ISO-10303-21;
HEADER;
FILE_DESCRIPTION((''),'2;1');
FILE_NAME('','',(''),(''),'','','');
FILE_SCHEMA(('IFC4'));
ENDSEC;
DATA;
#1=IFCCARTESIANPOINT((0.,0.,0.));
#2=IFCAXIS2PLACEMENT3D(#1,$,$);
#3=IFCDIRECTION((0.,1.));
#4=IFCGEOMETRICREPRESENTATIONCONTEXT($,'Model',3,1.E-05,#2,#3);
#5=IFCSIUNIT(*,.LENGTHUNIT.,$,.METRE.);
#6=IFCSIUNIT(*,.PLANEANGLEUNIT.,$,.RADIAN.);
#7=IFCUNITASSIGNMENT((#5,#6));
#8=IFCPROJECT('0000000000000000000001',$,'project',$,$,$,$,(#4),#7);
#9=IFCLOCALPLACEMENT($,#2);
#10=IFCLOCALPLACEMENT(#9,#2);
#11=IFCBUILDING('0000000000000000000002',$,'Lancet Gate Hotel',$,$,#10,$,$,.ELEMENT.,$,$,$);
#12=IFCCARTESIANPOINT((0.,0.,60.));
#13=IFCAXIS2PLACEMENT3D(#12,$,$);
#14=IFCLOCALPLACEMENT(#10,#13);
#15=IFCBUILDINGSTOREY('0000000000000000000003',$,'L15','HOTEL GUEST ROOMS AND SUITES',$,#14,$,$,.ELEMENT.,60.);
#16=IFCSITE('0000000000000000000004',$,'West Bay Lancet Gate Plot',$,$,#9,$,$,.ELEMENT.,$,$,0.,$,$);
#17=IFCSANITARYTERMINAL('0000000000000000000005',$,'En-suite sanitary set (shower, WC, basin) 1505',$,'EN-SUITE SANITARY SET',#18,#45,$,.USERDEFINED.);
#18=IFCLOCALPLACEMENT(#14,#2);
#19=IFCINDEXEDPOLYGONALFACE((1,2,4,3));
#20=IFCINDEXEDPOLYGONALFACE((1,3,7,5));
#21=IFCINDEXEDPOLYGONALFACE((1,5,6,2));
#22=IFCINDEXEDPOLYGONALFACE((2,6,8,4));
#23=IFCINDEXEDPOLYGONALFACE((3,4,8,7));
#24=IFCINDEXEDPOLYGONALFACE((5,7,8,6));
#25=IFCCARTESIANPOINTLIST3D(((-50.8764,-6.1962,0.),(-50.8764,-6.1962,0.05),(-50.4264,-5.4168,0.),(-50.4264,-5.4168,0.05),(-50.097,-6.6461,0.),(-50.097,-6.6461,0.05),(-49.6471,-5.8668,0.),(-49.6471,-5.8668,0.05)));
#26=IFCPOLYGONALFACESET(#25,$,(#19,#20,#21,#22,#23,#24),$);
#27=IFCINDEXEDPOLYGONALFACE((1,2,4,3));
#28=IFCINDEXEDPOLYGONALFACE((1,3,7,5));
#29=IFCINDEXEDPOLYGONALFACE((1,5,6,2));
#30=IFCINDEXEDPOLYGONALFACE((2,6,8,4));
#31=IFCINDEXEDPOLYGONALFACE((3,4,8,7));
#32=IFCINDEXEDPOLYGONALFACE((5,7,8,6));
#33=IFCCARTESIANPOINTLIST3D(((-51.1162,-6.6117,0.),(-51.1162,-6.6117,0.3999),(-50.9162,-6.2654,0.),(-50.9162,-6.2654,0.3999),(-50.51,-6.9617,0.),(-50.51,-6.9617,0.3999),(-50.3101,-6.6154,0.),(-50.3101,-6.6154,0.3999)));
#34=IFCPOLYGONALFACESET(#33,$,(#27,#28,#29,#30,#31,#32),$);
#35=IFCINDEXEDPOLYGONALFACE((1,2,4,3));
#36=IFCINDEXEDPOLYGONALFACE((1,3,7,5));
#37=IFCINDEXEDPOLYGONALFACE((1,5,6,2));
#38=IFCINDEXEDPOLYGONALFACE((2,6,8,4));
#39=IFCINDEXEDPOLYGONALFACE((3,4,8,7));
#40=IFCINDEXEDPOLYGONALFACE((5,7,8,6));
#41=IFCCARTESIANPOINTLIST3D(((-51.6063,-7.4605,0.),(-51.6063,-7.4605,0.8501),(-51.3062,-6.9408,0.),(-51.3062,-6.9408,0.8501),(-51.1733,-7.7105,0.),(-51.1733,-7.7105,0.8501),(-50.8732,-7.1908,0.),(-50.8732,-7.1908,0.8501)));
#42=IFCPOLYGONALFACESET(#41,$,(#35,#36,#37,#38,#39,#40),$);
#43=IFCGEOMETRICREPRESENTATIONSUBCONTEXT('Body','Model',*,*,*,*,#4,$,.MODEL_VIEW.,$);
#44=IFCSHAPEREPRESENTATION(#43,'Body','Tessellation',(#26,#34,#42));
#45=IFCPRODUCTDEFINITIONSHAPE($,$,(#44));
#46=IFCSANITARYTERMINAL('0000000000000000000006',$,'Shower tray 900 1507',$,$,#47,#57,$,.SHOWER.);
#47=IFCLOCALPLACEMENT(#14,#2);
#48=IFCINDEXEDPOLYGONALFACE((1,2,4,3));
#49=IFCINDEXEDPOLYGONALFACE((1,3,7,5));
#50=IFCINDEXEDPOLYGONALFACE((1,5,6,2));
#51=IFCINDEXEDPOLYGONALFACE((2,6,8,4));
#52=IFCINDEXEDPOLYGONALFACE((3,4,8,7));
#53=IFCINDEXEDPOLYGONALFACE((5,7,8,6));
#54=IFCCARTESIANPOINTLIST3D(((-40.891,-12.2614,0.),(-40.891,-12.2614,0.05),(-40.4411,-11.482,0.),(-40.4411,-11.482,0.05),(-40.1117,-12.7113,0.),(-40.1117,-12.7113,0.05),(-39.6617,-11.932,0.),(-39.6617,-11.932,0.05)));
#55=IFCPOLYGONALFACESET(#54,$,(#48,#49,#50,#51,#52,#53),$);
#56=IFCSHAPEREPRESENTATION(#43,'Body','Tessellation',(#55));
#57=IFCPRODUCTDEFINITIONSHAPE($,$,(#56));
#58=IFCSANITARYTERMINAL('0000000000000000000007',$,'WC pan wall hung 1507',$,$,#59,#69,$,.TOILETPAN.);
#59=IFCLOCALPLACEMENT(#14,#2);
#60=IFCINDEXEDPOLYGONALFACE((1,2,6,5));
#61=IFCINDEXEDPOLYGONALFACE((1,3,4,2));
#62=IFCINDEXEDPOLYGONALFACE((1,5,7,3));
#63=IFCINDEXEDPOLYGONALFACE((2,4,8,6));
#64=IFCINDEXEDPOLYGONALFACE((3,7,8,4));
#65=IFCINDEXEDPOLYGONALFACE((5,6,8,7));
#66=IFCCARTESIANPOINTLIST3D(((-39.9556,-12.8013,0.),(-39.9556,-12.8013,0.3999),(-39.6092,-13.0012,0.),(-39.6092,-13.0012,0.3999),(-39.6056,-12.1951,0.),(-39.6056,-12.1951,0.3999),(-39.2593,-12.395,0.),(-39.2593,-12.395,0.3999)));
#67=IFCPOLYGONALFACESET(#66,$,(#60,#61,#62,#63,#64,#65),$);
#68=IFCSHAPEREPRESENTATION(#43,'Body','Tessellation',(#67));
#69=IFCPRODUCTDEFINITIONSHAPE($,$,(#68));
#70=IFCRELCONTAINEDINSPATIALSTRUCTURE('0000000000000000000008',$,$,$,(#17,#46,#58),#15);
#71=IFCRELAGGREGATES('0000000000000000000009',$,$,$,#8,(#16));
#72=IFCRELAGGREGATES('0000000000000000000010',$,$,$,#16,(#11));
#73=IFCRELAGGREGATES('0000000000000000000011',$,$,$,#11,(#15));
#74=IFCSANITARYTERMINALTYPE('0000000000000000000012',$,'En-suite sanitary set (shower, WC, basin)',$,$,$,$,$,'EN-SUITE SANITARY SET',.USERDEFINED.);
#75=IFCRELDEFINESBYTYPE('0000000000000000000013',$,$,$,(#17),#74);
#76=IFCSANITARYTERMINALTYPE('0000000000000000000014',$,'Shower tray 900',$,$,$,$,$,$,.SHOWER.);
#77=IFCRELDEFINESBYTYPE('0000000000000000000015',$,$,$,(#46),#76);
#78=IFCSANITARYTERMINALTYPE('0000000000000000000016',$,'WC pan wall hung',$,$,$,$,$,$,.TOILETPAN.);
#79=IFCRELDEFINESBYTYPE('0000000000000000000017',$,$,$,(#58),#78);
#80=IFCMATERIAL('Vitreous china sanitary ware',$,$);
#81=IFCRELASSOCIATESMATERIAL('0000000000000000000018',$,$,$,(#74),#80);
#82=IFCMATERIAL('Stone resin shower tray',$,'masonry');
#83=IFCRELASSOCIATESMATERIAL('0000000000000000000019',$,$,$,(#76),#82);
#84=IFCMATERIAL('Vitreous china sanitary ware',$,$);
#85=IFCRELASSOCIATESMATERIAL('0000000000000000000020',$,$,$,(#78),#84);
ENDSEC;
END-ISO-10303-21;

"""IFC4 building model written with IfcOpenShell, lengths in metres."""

from ifc_helpers import new_model, si_unit, direction, frame, origin, origin_2d, place, context, subcontext, project, spatial, rectangle, extrude, material, type_object, element, save


model = new_model("IFC4")

# Units and contexts
model_context = context("Model", 3, precision=1e-05, world=origin(), true_north=direction((0.0, 1.0)))
body_context = subcontext(model_context, "Body", "Model", "MODEL_VIEW")
ifc_project = project(units=[si_unit("LENGTHUNIT", "METRE"), si_unit("PLANEANGLEUNIT", "RADIAN")], contexts=[model_context])

# Site, building, storey
site_placement = place(None, origin())
site = spatial("IfcSite", under=ifc_project, at=site_placement, Name="West Bay Lancet Gate Plot", CompositionType="ELEMENT", RefElevation=0.0)
building_placement = place(site_placement, origin())
building = spatial("IfcBuilding", under=site, at=building_placement, Name="Lancet Gate Hotel", CompositionType="ELEMENT")
storey_placement = place(building_placement, frame((0.0, 0.0, 60.0)))
storey = spatial("IfcBuildingStorey", under=building, at=storey_placement, Name="L15", Description="HOTEL GUEST ROOMS AND SUITES", CompositionType="ELEMENT", Elevation=60.0)

# Sanitary terminals
ifc_material_1 = material(Name="Vitreous china sanitary ware")
sanitary_terminal_type_1 = type_object("IfcSanitaryTerminalType", Name="En-suite sanitary set (shower, WC, basin)", ElementType="EN-SUITE SANITARY SET", PredefinedType="USERDEFINED", material=ifc_material_1)
sanitary_terminal_1_placement = place(storey_placement, frame((-50.2617, -6.0315, 0.0), z_axis=(0.0, 0.0, 1.0), x_axis=(1.0, 0.0, 0.0)))
element("IfcSanitaryTerminal", 1, at=sanitary_terminal_1_placement, inside=storey, type_object=sanitary_terminal_type_1, Name="En-suite sanitary set (shower, WC, basin) 1505", ObjectType="EN-SUITE SANITARY SET", PredefinedType="USERDEFINED", context=body_context, shape_type="SweptSolid", body=[
    extrude(rectangle(XDim=0.8999, YDim=0.8999, at=origin_2d()), frame((0.0, 0.0, 0.0), z_axis=(0.0, 0.0, 1.0), x_axis=(0.5, 0.866025, 0.0)), (0.0, 0.0, 1.0), 0.05),
    extrude(rectangle(XDim=0.3999, YDim=0.7, at=origin_2d()), frame((-0.4514, -0.582, 0.0), z_axis=(0.0, 0.0, 1.0), x_axis=(0.5, 0.866025, 0.0)), (0.0, 0.0, 1.0), 0.3999),
    extrude(rectangle(XDim=0.6001, YDim=0.5, at=origin_2d()), frame((-0.978, -1.2942, 0.0), z_axis=(0.0, 0.0, 1.0), x_axis=(0.5, 0.866025, 0.0)), (0.0, 0.0, 1.0), 0.8501),
])
ifc_material_2 = material(Name="Stone resin shower tray", Category="masonry")
sanitary_terminal_type_2 = type_object("IfcSanitaryTerminalType", Name="Shower tray 900", PredefinedType="SHOWER", material=ifc_material_2)
sanitary_terminal_2_placement = place(storey_placement, frame((-40.2764, -12.0967, 0.0), z_axis=(0.0, 0.0, 1.0), x_axis=(-0.866025, 0.5, 0.0)))
element("IfcSanitaryTerminal", 2, at=sanitary_terminal_2_placement, inside=storey, type_object=sanitary_terminal_type_2, Name="Shower tray 900 1507", PredefinedType="SHOWER", context=body_context, shape_type="SweptSolid", body=[
    extrude(rectangle(XDim=0.8999, YDim=0.8999, at=origin_2d()), origin(), (0.0, 0.0, 1.0), 0.05),
])
ifc_material_3 = material(Name="Vitreous china sanitary ware")
sanitary_terminal_type_3 = type_object("IfcSanitaryTerminalType", Name="WC pan wall hung", PredefinedType="TOILETPAN", material=ifc_material_3)
sanitary_terminal_3_placement = place(storey_placement, frame((-39.6074, -12.5981, 0.0), z_axis=(0.0, 0.0, 1.0), x_axis=(-0.866025, 0.5, 0.0)))
element("IfcSanitaryTerminal", 3, at=sanitary_terminal_3_placement, inside=storey, type_object=sanitary_terminal_type_3, Name="WC pan wall hung 1507", PredefinedType="TOILETPAN", context=body_context, shape_type="SweptSolid", body=[
    extrude(rectangle(XDim=0.3999, YDim=0.7, at=origin_2d()), origin(), (0.0, 0.0, 1.0), 0.3999),
])

save(model, "model.ifc")
